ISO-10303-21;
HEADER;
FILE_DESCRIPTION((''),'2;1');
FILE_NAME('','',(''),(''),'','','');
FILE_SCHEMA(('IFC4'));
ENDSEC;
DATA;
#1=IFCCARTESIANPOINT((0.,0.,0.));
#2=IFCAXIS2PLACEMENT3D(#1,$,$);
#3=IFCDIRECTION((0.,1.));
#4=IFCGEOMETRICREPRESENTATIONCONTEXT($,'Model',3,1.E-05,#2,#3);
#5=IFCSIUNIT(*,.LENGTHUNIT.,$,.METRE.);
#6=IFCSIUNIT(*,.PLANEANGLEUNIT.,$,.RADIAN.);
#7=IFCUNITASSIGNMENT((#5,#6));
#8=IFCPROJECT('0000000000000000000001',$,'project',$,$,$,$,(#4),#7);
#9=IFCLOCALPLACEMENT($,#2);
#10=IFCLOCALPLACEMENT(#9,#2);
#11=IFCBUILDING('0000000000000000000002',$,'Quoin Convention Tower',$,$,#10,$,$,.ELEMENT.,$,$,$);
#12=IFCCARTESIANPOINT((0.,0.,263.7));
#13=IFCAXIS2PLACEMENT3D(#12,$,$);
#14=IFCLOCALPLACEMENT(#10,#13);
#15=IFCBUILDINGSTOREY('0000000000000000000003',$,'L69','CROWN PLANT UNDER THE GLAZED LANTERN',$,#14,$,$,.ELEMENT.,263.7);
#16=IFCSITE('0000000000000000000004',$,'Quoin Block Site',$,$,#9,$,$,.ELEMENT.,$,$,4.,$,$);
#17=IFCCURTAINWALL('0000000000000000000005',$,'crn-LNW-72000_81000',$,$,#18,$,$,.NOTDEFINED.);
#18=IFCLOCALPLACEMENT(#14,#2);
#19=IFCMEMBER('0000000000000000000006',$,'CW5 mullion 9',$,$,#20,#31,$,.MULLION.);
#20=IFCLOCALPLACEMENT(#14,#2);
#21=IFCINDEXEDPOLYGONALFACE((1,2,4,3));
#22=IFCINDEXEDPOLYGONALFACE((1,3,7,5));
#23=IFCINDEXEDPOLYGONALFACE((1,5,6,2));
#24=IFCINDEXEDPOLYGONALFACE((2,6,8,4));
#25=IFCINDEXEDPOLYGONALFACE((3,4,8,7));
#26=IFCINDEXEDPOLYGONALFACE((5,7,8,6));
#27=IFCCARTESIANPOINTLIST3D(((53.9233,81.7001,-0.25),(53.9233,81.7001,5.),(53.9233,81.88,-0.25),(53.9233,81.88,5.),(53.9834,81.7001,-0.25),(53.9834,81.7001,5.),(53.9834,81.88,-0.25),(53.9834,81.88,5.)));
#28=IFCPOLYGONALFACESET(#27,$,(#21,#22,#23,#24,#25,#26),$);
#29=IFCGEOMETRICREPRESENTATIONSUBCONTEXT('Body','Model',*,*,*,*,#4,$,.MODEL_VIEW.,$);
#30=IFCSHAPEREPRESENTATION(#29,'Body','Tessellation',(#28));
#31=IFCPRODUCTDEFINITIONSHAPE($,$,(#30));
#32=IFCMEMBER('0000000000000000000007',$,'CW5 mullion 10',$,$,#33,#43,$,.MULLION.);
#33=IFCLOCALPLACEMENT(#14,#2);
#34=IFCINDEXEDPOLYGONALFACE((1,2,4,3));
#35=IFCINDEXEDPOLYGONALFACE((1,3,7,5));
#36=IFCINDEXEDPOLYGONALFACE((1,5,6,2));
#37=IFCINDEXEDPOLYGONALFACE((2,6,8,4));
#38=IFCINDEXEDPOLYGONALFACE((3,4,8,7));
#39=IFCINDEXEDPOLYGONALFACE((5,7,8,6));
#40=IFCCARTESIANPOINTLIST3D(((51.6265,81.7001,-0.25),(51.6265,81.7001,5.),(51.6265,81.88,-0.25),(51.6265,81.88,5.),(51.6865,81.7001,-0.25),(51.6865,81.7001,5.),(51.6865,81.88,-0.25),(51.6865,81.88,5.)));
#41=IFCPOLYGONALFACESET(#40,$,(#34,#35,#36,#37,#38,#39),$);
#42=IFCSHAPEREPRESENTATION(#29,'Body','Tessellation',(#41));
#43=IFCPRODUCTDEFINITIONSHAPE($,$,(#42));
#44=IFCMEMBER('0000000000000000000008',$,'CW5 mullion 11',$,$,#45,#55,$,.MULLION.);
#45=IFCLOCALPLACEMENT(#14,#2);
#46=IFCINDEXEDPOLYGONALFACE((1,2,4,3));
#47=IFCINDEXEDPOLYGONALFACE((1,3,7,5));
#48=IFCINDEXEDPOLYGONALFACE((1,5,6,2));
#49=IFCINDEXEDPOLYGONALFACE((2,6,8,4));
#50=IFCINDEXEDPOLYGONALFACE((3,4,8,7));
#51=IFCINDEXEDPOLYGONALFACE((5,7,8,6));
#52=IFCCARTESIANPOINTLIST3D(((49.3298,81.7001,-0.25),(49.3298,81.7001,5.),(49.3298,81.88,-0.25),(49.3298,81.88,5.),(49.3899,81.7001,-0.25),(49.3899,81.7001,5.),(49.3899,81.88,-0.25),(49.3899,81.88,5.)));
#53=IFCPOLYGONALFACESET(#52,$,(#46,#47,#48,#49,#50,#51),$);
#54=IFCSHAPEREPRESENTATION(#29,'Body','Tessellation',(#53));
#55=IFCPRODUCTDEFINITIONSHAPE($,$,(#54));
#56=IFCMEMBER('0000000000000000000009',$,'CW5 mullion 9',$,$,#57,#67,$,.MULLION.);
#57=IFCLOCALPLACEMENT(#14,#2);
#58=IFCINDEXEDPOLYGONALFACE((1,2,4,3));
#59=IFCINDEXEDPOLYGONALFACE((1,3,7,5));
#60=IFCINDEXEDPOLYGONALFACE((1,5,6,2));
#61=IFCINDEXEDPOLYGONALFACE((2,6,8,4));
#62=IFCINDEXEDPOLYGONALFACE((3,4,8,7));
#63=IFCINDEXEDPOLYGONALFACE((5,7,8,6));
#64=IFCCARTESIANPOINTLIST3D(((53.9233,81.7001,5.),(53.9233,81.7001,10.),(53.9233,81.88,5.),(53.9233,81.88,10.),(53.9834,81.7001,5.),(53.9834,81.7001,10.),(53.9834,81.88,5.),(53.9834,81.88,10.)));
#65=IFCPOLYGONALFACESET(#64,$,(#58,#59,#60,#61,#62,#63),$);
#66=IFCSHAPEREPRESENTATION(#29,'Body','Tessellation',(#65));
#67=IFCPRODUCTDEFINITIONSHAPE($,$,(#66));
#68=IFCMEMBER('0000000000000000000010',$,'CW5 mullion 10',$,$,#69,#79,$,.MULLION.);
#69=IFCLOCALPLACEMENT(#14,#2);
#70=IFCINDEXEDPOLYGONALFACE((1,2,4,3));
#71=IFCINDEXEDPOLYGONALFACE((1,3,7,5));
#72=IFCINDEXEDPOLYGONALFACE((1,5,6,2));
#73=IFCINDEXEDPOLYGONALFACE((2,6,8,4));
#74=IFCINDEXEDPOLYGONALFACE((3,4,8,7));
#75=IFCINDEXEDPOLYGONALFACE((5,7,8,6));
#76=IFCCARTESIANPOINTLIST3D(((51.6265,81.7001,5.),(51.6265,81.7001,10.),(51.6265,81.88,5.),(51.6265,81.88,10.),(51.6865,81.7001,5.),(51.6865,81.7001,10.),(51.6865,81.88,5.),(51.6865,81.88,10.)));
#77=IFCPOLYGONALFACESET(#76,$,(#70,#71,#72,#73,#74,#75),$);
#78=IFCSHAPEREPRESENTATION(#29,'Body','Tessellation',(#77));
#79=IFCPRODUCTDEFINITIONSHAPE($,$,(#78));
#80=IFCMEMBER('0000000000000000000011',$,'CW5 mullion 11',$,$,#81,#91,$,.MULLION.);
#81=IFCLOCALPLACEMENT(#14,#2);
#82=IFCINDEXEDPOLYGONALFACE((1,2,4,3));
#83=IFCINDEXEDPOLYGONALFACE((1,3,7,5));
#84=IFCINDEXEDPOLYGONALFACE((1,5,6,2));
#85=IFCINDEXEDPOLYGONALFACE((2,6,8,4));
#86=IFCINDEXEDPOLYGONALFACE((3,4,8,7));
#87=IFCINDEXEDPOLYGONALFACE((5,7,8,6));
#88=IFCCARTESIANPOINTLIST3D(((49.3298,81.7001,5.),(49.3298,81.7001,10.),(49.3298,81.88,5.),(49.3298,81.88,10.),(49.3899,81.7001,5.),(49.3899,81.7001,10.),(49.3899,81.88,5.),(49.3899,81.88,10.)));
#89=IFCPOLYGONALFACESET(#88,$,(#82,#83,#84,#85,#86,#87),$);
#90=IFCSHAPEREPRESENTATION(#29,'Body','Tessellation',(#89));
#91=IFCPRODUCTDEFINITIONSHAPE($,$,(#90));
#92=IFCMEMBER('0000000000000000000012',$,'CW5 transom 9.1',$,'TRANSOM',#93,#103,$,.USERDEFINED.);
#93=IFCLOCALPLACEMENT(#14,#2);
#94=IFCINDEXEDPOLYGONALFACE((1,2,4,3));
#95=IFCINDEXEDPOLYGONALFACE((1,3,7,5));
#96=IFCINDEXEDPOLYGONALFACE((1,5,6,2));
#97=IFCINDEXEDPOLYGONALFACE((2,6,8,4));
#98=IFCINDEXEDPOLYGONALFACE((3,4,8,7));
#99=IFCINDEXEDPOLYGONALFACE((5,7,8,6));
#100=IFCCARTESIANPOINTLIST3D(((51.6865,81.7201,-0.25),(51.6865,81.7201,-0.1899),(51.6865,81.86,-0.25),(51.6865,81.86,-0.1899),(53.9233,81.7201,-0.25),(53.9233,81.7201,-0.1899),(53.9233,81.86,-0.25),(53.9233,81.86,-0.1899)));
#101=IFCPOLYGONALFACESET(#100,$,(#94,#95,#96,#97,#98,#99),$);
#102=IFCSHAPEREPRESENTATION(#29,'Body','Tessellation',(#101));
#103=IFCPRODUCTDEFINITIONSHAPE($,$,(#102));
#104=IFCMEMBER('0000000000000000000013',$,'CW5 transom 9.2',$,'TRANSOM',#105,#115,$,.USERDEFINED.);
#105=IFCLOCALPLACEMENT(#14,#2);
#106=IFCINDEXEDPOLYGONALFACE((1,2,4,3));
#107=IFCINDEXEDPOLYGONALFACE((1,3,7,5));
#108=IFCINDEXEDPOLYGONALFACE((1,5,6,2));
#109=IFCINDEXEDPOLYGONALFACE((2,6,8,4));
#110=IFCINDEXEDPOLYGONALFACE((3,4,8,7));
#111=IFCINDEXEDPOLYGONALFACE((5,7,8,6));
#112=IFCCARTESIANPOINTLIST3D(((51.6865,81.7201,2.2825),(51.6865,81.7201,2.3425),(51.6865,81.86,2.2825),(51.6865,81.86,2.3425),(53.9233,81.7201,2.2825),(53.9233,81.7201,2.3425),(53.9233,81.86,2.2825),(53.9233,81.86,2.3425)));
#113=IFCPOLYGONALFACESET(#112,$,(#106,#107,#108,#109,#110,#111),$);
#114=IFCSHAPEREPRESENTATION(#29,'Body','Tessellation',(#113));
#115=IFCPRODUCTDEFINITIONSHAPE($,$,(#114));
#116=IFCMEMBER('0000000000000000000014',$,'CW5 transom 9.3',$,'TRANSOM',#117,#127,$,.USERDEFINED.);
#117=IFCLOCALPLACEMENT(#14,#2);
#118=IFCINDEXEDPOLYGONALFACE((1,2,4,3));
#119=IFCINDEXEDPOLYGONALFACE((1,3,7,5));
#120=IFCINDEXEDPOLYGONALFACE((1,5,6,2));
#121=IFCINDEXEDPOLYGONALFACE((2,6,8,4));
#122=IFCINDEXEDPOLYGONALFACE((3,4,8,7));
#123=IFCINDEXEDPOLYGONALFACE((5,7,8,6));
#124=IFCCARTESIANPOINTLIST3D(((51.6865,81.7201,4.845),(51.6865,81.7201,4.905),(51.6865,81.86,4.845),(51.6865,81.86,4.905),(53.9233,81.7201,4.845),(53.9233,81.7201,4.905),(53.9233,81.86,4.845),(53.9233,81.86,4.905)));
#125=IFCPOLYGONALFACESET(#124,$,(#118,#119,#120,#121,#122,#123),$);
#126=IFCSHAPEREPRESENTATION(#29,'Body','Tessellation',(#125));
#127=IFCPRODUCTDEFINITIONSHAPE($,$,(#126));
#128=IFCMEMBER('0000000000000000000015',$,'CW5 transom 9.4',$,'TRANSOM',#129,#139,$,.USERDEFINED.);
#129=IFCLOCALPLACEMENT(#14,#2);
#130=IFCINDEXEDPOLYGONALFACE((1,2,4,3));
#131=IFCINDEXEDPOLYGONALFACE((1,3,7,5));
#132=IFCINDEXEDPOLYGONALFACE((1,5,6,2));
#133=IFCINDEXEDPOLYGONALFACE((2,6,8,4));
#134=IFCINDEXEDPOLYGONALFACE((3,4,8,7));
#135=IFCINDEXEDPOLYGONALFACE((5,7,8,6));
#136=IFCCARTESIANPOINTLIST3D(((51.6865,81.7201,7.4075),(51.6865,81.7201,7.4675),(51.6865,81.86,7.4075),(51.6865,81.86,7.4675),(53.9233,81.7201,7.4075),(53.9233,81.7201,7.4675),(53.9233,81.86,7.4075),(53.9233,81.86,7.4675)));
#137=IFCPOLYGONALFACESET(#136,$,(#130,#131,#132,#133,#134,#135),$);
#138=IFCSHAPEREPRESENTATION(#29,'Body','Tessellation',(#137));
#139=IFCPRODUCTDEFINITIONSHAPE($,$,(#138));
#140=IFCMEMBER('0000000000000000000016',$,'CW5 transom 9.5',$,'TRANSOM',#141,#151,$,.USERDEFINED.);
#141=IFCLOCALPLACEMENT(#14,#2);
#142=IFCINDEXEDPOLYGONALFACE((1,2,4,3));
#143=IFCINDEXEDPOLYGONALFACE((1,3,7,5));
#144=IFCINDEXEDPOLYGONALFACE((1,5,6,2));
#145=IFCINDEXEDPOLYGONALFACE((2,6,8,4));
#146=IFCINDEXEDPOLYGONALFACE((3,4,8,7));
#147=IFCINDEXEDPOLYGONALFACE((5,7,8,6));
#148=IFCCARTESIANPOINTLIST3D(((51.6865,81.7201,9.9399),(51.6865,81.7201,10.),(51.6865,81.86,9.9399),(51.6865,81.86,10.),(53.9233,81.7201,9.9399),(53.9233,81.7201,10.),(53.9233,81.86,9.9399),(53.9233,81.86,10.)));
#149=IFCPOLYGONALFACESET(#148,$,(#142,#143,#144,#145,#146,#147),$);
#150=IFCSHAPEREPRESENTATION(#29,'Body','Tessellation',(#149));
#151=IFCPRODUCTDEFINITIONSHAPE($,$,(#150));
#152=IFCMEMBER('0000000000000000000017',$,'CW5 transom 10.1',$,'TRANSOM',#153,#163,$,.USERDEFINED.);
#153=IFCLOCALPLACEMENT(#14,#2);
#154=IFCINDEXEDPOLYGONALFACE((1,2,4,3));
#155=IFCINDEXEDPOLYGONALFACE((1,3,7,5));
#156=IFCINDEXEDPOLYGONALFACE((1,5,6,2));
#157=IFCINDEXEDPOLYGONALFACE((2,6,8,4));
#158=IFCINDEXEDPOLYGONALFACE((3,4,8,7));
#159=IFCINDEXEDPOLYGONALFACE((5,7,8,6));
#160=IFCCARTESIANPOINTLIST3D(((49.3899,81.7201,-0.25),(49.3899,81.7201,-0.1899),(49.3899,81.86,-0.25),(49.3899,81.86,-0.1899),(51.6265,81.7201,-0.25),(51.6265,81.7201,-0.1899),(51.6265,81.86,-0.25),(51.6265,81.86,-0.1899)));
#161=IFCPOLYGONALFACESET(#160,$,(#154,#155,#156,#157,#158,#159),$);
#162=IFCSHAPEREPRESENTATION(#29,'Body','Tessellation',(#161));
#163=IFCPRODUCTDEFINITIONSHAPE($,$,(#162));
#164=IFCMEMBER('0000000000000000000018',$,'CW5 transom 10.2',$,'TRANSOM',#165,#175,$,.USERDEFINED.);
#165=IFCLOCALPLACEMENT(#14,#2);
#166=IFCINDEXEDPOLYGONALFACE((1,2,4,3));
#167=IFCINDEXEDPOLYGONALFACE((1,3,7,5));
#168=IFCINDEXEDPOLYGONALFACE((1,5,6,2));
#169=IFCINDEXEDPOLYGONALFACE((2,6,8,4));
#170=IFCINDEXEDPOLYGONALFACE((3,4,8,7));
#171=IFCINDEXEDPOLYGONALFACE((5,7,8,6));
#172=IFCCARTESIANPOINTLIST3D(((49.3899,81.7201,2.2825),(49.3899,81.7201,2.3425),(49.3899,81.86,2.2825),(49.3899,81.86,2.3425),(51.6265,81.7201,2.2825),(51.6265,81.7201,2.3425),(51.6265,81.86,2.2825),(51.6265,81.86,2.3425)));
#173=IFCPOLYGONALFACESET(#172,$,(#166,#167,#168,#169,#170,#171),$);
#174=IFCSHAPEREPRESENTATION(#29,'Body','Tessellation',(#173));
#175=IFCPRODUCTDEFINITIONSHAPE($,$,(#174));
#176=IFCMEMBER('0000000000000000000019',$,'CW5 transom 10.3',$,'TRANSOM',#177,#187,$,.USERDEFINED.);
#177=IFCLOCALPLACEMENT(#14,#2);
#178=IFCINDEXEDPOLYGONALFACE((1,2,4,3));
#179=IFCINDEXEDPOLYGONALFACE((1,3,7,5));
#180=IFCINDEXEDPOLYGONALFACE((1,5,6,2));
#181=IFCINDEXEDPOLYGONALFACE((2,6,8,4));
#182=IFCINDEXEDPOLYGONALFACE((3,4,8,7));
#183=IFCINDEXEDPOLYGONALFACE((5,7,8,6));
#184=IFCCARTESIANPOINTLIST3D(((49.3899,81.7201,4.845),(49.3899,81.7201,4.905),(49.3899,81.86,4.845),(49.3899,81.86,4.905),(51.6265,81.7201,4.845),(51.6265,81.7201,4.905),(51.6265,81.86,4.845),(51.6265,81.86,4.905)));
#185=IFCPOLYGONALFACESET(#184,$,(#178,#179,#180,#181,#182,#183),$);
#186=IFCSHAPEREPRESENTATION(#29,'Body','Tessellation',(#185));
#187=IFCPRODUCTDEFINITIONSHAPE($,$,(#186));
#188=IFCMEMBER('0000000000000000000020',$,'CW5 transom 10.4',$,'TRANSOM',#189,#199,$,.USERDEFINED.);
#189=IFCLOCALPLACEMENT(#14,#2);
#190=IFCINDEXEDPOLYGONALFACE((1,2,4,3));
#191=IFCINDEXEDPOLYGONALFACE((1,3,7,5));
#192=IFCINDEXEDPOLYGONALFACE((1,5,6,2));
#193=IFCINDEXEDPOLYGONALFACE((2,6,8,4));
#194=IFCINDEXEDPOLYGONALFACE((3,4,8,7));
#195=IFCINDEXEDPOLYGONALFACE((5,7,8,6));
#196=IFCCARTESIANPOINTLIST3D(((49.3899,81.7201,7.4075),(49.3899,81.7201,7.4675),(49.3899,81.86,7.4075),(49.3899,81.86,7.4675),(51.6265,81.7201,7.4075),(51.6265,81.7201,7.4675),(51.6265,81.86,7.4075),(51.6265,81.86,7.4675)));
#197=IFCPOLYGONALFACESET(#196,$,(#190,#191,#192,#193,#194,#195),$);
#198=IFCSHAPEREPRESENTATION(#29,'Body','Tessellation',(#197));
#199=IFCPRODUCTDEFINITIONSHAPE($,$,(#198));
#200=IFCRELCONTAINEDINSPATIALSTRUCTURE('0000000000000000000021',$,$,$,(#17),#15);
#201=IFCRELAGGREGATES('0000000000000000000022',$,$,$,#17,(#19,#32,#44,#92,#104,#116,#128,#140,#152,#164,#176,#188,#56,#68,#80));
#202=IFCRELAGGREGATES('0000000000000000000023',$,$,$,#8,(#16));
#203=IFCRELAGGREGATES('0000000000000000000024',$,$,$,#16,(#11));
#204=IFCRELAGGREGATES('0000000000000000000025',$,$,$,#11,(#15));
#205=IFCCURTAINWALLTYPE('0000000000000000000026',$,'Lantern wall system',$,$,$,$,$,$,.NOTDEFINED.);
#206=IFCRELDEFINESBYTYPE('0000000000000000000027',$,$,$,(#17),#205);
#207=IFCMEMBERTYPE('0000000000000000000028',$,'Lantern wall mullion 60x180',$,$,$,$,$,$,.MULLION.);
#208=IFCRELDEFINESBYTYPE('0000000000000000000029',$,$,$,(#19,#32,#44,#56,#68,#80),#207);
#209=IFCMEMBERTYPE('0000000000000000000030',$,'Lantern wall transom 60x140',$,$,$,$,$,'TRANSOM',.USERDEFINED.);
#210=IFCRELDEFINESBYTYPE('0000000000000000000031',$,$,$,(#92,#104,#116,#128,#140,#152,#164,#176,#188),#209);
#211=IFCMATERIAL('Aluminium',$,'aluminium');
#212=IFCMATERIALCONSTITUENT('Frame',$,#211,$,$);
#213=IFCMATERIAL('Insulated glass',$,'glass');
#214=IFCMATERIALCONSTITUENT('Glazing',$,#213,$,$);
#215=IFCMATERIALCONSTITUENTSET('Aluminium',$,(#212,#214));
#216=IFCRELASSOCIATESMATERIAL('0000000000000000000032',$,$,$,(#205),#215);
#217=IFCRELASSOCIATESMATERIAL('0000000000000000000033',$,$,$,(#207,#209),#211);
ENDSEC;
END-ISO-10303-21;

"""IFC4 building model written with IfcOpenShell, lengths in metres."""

from ifc_helpers import new_model, si_unit, direction, frame, origin, origin_2d, place, context, subcontext, project, spatial, rectangle, extrude, material, constituent, constituent_set, material_profile, profile_set, type_object, element, aggregate, save


model = new_model("IFC4")

# Units and contexts
model_context = context("Model", 3, precision=1e-05, world=origin(), true_north=direction((0.0, 1.0)))
body_context = subcontext(model_context, "Body", "Model", "MODEL_VIEW")
ifc_project = project(units=[si_unit("LENGTHUNIT", "METRE"), si_unit("PLANEANGLEUNIT", "RADIAN")], contexts=[model_context])

# Site, building, storey
site_placement = place(None, origin())
site = spatial("IfcSite", under=ifc_project, at=site_placement, Name="Quoin Block Site", CompositionType="ELEMENT", RefElevation=4.0)
building_placement = place(site_placement, origin())
building = spatial("IfcBuilding", under=site, at=building_placement, Name="Quoin Convention Tower", CompositionType="ELEMENT")
storey_placement = place(building_placement, frame((0.0, 0.0, 263.7)))
storey = spatial("IfcBuildingStorey", under=building, at=storey_placement, Name="L69", Description="CROWN PLANT UNDER THE GLAZED LANTERN", CompositionType="ELEMENT", Elevation=263.7)

# Curtain wall, members
ifc_material_1 = material(Name="Aluminium", Category="aluminium")
ifc_constituent_1 = constituent(ifc_material_1, Name="Frame")
ifc_material_2 = material(Name="Insulated glass", Category="glass")
ifc_constituent_2 = constituent(ifc_material_2, Name="Glazing")
ifc_constituent_set = constituent_set(constituents=[ifc_constituent_1, ifc_constituent_2], Name="Aluminium")
curtain_wall_type = type_object("IfcCurtainWallType", Name="Lantern wall system", PredefinedType="NOTDEFINED", material=ifc_constituent_set)
curtain_wall_placement = place(storey_placement, origin())
curtain_wall = element("IfcCurtainWall", 1, at=curtain_wall_placement, inside=storey, type_object=curtain_wall_type, Name="crn-LNW-72000_81000", PredefinedType="NOTDEFINED")
ifc_material_profile_1 = material_profile(ifc_material_1, rectangle(XDim=0.1799, YDim=0.0601, at=origin_2d()), Name="Lantern wall mullion 60x180")
ifc_profile_set_1 = profile_set([ifc_material_profile_1], Name="Aluminium")
member_type_1 = type_object("IfcMemberType", Name="Lantern wall mullion 60x180", PredefinedType="MULLION", material=ifc_profile_set_1)
member_1_placement = place(storey_placement, frame((53.9534, 81.79, -0.25), z_axis=(0.0, 0.0, 1.0), x_axis=(0.0, -1.0, 0.0)))
member_1 = element("IfcMember", 2, at=member_1_placement, type_object=member_type_1, Name="CW5 mullion 9", PredefinedType="MULLION", context=body_context, shape_type="SweptSolid", body=[
    extrude(rectangle(XDim=0.1799, YDim=0.0601, at=origin_2d()), origin(), (0.0, 0.0, 1.0), 5.25),
])
member_2_placement = place(storey_placement, frame((51.6565, 81.79, -0.25), z_axis=(0.0, 0.0, 1.0), x_axis=(0.0, -1.0, 0.0)))
member_2 = element("IfcMember", 3, at=member_2_placement, type_object=member_type_1, Name="CW5 mullion 10", PredefinedType="MULLION", context=body_context, shape_type="SweptSolid", body=[
    extrude(rectangle(XDim=0.1799, YDim=0.0601, at=origin_2d()), origin(), (0.0, 0.0, 1.0), 5.25),
])
member_3_placement = place(storey_placement, frame((49.3599, 81.79, -0.25), z_axis=(0.0, 0.0, 1.0), x_axis=(0.0, -1.0, 0.0)))
member_3 = element("IfcMember", 4, at=member_3_placement, type_object=member_type_1, Name="CW5 mullion 11", PredefinedType="MULLION", context=body_context, shape_type="SweptSolid", body=[
    extrude(rectangle(XDim=0.1799, YDim=0.0601, at=origin_2d()), origin(), (0.0, 0.0, 1.0), 5.25),
])
member_4_placement = place(storey_placement, frame((53.9534, 81.79, 5.0), z_axis=(0.0, 0.0, 1.0), x_axis=(0.0, -1.0, 0.0)))
member_4 = element("IfcMember", 5, at=member_4_placement, type_object=member_type_1, Name="CW5 mullion 9", PredefinedType="MULLION", context=body_context, shape_type="SweptSolid", body=[
    extrude(rectangle(XDim=0.1799, YDim=0.0601, at=origin_2d()), origin(), (0.0, 0.0, 1.0), 5.0),
])
member_5_placement = place(storey_placement, frame((51.6565, 81.79, 5.0), z_axis=(0.0, 0.0, 1.0), x_axis=(0.0, -1.0, 0.0)))
member_5 = element("IfcMember", 6, at=member_5_placement, type_object=member_type_1, Name="CW5 mullion 10", PredefinedType="MULLION", context=body_context, shape_type="SweptSolid", body=[
    extrude(rectangle(XDim=0.1799, YDim=0.0601, at=origin_2d()), origin(), (0.0, 0.0, 1.0), 5.0),
])
member_6_placement = place(storey_placement, frame((49.3599, 81.79, 5.0), z_axis=(0.0, 0.0, 1.0), x_axis=(0.0, -1.0, 0.0)))
member_6 = element("IfcMember", 7, at=member_6_placement, type_object=member_type_1, Name="CW5 mullion 11", PredefinedType="MULLION", context=body_context, shape_type="SweptSolid", body=[
    extrude(rectangle(XDim=0.1799, YDim=0.0601, at=origin_2d()), origin(), (0.0, 0.0, 1.0), 5.0),
])
ifc_material_profile_2 = material_profile(ifc_material_1, rectangle(XDim=0.1399, YDim=0.0601, at=origin_2d()), Name="Lantern wall transom 60x140")
ifc_profile_set_2 = profile_set([ifc_material_profile_2], Name="Aluminium")
member_type_2 = type_object("IfcMemberType", Name="Lantern wall transom 60x140", ElementType="TRANSOM", PredefinedType="USERDEFINED", material=ifc_profile_set_2)
member_7_placement = place(storey_placement, frame((53.9233, 81.79, -0.22), z_axis=(-1.0, 0.0, 0.0), x_axis=(0.0, -1.0, 0.0)))
member_7 = element("IfcMember", 8, at=member_7_placement, type_object=member_type_2, Name="CW5 transom 9.1", ObjectType="TRANSOM", PredefinedType="USERDEFINED", context=body_context, shape_type="SweptSolid", body=[
    extrude(rectangle(XDim=0.1399, YDim=0.0601, at=origin_2d()), origin(), (0.0, 0.0, 1.0), 2.2368),
])
member_8_placement = place(storey_placement, frame((53.9233, 81.79, 2.3125), z_axis=(-1.0, 0.0, 0.0), x_axis=(0.0, -1.0, 0.0)))
member_8 = element("IfcMember", 9, at=member_8_placement, type_object=member_type_2, Name="CW5 transom 9.2", ObjectType="TRANSOM", PredefinedType="USERDEFINED", context=body_context, shape_type="SweptSolid", body=[
    extrude(rectangle(XDim=0.1399, YDim=0.0601, at=origin_2d()), origin(), (0.0, 0.0, 1.0), 2.2368),
])
member_9_placement = place(storey_placement, frame((53.9233, 81.79, 4.875), z_axis=(-1.0, 0.0, 0.0), x_axis=(0.0, -1.0, 0.0)))
member_9 = element("IfcMember", 10, at=member_9_placement, type_object=member_type_2, Name="CW5 transom 9.3", ObjectType="TRANSOM", PredefinedType="USERDEFINED", context=body_context, shape_type="SweptSolid", body=[
    extrude(rectangle(XDim=0.1399, YDim=0.0601, at=origin_2d()), origin(), (0.0, 0.0, 1.0), 2.2368),
])
member_10_placement = place(storey_placement, frame((53.9233, 81.79, 7.4375), z_axis=(-1.0, 0.0, 0.0), x_axis=(0.0, -1.0, 0.0)))
member_10 = element("IfcMember", 11, at=member_10_placement, type_object=member_type_2, Name="CW5 transom 9.4", ObjectType="TRANSOM", PredefinedType="USERDEFINED", context=body_context, shape_type="SweptSolid", body=[
    extrude(rectangle(XDim=0.1399, YDim=0.0601, at=origin_2d()), origin(), (0.0, 0.0, 1.0), 2.2368),
])
member_11_placement = place(storey_placement, frame((53.9233, 81.79, 9.97), z_axis=(-1.0, 0.0, 0.0), x_axis=(0.0, -1.0, 0.0)))
member_11 = element("IfcMember", 12, at=member_11_placement, type_object=member_type_2, Name="CW5 transom 9.5", ObjectType="TRANSOM", PredefinedType="USERDEFINED", context=body_context, shape_type="SweptSolid", body=[
    extrude(rectangle(XDim=0.1399, YDim=0.0601, at=origin_2d()), origin(), (0.0, 0.0, 1.0), 2.2368),
])
member_12_placement = place(storey_placement, frame((51.6265, 81.79, -0.22), z_axis=(-1.0, 0.0, 0.0), x_axis=(0.0, -1.0, 0.0)))
member_12 = element("IfcMember", 13, at=member_12_placement, type_object=member_type_2, Name="CW5 transom 10.1", ObjectType="TRANSOM", PredefinedType="USERDEFINED", context=body_context, shape_type="SweptSolid", body=[
    extrude(rectangle(XDim=0.1399, YDim=0.0601, at=origin_2d()), origin(), (0.0, 0.0, 1.0), 2.2366),
])
member_13_placement = place(storey_placement, frame((51.6265, 81.79, 2.3125), z_axis=(-1.0, 0.0, 0.0), x_axis=(0.0, -1.0, 0.0)))
member_13 = element("IfcMember", 14, at=member_13_placement, type_object=member_type_2, Name="CW5 transom 10.2", ObjectType="TRANSOM", PredefinedType="USERDEFINED", context=body_context, shape_type="SweptSolid", body=[
    extrude(rectangle(XDim=0.1399, YDim=0.0601, at=origin_2d()), origin(), (0.0, 0.0, 1.0), 2.2366),
])
member_14_placement = place(storey_placement, frame((51.6265, 81.79, 4.875), z_axis=(-1.0, 0.0, 0.0), x_axis=(0.0, -1.0, 0.0)))
member_14 = element("IfcMember", 15, at=member_14_placement, type_object=member_type_2, Name="CW5 transom 10.3", ObjectType="TRANSOM", PredefinedType="USERDEFINED", context=body_context, shape_type="SweptSolid", body=[
    extrude(rectangle(XDim=0.1399, YDim=0.0601, at=origin_2d()), origin(), (0.0, 0.0, 1.0), 2.2366),
])
member_15_placement = place(storey_placement, frame((51.6265, 81.79, 7.4375), z_axis=(-1.0, 0.0, 0.0), x_axis=(0.0, -1.0, 0.0)))
member_15 = element("IfcMember", 16, at=member_15_placement, type_object=member_type_2, Name="CW5 transom 10.4", ObjectType="TRANSOM", PredefinedType="USERDEFINED", context=body_context, shape_type="SweptSolid", body=[
    extrude(rectangle(XDim=0.1399, YDim=0.0601, at=origin_2d()), origin(), (0.0, 0.0, 1.0), 2.2366),
])
aggregate(curtain_wall, [member_1, member_2, member_3, member_7, member_8, member_9, member_10, member_11, member_12, member_13, member_14, member_15, member_4, member_5, member_6])

save(model, "model.ifc")
